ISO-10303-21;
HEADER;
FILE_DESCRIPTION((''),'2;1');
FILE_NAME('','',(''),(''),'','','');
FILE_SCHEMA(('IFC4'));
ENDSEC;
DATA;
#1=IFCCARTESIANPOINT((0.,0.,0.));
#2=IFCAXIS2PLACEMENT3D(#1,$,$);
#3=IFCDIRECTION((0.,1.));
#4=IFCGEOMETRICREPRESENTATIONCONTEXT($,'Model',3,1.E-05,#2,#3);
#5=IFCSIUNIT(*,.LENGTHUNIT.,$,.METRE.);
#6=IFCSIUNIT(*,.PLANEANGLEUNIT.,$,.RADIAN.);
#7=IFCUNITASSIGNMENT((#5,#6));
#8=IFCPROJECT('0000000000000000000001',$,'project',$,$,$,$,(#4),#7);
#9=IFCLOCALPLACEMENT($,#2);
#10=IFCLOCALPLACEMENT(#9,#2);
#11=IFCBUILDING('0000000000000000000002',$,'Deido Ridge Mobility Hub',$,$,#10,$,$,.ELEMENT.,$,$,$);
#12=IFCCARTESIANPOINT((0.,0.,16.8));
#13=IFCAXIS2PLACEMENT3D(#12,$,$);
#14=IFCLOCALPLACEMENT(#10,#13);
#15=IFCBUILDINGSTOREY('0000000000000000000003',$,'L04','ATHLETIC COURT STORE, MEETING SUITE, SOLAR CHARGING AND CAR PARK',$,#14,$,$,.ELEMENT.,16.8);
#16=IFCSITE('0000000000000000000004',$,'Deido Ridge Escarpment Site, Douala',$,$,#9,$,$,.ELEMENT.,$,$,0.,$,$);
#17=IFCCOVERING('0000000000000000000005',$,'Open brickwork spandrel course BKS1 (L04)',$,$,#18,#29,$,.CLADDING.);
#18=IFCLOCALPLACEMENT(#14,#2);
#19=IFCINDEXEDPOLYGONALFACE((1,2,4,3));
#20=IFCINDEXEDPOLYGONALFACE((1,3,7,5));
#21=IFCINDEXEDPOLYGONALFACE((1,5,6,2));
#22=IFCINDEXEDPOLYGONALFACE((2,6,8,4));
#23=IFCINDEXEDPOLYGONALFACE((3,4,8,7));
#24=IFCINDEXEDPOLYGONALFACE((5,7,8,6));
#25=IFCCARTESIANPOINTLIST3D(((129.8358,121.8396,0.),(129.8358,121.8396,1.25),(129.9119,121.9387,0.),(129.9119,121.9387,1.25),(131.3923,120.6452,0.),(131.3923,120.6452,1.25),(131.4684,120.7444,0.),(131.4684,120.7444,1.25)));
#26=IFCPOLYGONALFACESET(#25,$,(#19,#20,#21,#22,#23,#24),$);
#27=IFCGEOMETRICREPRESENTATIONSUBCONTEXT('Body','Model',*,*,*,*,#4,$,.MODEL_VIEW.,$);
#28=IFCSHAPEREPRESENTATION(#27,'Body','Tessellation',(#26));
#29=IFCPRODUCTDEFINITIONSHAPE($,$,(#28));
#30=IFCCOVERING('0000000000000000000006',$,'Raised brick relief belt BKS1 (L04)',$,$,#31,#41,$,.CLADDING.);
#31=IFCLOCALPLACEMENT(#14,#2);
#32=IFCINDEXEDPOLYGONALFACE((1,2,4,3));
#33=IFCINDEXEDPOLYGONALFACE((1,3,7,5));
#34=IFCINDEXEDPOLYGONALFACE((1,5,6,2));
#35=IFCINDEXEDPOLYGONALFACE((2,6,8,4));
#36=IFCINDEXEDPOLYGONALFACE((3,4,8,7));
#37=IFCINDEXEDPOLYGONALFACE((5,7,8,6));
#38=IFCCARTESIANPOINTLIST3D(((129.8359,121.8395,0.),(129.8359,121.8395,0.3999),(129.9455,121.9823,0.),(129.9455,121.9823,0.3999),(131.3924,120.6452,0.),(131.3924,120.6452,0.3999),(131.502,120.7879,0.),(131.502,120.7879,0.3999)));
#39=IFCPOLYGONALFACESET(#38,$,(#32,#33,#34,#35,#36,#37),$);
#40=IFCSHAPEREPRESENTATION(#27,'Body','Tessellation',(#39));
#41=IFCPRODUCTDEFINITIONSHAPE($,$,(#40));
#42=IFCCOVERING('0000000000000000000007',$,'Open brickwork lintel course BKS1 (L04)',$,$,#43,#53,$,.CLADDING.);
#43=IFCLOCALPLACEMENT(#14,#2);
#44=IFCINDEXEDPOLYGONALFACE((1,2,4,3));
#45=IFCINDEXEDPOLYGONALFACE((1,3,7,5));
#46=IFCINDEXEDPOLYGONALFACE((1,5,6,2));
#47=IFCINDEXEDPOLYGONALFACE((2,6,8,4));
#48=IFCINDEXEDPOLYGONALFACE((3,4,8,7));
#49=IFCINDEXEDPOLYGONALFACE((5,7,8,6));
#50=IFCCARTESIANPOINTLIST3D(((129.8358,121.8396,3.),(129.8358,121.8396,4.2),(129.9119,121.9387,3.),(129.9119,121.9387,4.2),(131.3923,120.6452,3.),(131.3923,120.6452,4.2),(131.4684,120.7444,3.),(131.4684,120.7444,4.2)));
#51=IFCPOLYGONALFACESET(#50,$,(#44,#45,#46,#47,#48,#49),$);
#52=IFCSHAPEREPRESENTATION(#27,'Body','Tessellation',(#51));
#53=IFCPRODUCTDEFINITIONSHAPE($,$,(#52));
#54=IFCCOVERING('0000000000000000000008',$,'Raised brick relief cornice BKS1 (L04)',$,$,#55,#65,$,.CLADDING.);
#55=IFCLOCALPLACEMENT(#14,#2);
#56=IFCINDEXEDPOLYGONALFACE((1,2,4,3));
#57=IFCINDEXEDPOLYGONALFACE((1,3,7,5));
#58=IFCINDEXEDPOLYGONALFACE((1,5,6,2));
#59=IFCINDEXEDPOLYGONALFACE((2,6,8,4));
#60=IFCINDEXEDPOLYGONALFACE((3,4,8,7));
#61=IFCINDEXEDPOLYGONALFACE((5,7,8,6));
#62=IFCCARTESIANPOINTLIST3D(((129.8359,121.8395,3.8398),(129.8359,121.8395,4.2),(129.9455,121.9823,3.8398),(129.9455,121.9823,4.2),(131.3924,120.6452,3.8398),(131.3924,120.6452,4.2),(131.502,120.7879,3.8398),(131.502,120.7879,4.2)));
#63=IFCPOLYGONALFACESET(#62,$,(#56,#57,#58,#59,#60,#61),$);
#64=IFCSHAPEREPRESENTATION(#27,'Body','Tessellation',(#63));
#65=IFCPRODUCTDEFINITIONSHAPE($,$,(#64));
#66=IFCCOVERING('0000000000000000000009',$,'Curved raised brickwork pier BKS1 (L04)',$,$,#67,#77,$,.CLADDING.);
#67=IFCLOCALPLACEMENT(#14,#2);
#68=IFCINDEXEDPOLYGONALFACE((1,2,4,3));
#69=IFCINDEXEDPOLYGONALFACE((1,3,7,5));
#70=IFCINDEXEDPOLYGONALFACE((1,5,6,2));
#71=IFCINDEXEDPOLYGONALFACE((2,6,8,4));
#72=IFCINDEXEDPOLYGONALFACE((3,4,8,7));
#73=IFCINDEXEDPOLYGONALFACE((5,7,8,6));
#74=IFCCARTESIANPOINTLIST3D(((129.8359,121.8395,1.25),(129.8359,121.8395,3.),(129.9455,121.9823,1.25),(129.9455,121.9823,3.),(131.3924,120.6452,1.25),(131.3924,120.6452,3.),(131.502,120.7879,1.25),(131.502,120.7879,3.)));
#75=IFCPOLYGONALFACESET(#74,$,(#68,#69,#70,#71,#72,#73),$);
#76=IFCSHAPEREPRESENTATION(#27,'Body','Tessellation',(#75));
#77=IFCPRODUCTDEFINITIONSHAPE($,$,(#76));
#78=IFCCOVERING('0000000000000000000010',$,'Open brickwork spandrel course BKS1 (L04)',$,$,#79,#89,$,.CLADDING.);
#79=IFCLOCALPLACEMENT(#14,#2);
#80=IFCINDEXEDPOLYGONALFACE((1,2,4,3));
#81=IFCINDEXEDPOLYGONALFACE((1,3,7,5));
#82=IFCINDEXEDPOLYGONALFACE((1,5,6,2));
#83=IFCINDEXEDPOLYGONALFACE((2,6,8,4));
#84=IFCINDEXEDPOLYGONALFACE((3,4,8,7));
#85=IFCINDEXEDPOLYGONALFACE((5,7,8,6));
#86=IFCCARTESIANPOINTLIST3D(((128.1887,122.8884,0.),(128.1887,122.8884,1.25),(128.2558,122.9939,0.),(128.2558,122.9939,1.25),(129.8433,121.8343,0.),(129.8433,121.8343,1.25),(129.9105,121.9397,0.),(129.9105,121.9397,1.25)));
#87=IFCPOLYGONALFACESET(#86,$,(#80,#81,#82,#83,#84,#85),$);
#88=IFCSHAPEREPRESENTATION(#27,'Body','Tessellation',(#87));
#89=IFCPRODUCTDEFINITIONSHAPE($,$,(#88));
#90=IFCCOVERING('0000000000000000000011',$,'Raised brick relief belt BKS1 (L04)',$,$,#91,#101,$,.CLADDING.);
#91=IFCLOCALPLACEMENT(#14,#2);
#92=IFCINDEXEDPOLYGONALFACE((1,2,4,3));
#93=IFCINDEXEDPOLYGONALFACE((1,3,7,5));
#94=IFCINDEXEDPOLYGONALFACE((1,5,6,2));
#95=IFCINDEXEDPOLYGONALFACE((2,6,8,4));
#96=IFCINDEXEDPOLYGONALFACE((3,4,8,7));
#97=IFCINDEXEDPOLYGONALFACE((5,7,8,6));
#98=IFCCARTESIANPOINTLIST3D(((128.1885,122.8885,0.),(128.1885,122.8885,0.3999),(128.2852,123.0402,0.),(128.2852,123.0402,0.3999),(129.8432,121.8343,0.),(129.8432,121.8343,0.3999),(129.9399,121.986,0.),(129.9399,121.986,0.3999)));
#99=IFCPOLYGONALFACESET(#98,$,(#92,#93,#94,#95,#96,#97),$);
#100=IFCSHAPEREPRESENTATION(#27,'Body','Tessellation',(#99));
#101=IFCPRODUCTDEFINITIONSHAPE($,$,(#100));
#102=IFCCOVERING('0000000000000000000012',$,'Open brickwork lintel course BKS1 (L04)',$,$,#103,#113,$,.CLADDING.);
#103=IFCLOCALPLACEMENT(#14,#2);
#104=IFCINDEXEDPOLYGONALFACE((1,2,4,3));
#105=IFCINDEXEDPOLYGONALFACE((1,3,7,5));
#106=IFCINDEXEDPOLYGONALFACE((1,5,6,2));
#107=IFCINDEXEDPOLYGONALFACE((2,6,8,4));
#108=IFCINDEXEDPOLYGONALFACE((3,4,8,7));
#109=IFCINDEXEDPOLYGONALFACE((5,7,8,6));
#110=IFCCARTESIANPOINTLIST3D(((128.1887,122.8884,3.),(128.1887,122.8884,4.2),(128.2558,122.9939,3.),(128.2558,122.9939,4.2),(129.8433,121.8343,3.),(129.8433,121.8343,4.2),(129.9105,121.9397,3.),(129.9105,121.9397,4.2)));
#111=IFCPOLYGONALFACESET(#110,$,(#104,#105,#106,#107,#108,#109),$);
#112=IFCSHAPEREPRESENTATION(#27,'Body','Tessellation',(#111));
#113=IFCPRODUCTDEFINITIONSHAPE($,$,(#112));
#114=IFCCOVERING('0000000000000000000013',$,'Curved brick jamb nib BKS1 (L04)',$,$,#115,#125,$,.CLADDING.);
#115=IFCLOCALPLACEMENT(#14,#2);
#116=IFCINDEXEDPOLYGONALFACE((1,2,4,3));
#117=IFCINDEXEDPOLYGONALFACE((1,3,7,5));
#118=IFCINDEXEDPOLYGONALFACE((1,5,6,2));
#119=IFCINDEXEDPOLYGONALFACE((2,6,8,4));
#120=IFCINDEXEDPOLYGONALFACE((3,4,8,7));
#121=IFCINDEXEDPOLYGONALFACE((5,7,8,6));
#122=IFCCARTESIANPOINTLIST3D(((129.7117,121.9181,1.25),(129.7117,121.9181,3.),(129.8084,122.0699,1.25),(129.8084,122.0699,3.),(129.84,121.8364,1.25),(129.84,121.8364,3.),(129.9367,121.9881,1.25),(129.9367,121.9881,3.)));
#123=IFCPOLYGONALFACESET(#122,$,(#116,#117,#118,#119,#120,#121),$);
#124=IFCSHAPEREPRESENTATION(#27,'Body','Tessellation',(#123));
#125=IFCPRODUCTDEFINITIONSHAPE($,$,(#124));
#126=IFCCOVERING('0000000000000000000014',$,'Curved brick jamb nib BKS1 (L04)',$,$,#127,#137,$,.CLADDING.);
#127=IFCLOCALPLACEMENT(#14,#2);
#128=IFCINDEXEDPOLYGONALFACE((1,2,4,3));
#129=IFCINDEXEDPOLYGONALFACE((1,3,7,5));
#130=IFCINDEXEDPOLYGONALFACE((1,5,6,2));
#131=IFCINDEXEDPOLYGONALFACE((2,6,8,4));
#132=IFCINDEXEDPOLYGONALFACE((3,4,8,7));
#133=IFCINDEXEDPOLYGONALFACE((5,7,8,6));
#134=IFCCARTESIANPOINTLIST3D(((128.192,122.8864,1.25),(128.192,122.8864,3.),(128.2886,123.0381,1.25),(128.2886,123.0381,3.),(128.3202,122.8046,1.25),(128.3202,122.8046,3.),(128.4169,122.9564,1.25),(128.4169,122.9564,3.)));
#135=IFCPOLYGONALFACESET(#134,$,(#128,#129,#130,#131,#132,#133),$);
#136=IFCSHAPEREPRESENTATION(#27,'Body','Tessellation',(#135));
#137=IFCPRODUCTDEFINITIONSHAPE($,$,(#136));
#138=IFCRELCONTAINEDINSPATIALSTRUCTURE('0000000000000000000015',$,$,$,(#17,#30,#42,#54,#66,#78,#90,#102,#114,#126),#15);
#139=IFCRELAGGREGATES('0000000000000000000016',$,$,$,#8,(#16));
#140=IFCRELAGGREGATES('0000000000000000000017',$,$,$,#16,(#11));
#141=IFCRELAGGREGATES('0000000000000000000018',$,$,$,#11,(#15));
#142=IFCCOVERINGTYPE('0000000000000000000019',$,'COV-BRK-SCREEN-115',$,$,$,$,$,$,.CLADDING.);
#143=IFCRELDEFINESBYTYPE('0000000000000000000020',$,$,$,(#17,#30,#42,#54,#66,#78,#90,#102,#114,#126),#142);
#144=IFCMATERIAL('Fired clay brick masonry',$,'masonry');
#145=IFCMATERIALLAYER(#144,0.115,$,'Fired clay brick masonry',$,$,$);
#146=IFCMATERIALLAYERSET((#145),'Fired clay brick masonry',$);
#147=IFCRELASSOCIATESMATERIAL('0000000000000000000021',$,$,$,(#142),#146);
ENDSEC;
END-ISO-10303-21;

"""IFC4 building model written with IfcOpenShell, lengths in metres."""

from ifc_helpers import new_model, si_unit, direction, frame, origin, origin_2d, place, context, subcontext, project, spatial, rectangle, extrude, material, layer, layer_set, type_object, element, save


model = new_model("IFC4")

# Units and contexts
model_context = context("Model", 3, precision=1e-05, world=origin(), true_north=direction((0.0, 1.0)))
body_context = subcontext(model_context, "Body", "Model", "MODEL_VIEW")
ifc_project = project(units=[si_unit("LENGTHUNIT", "METRE"), si_unit("PLANEANGLEUNIT", "RADIAN")], contexts=[model_context])

# Site, building, storey
site_placement = place(None, origin())
site = spatial("IfcSite", under=ifc_project, at=site_placement, Name="Deido Ridge Escarpment Site, Douala", CompositionType="ELEMENT", RefElevation=0.0)
building_placement = place(site_placement, origin())
building = spatial("IfcBuilding", under=site, at=building_placement, Name="Deido Ridge Mobility Hub", CompositionType="ELEMENT")
storey_placement = place(building_placement, frame((0.0, 0.0, 16.8)))
storey = spatial("IfcBuildingStorey", under=building, at=storey_placement, Name="L04", Description="ATHLETIC COURT STORE, MEETING SUITE, SOLAR CHARGING AND CAR PARK", CompositionType="ELEMENT", Elevation=16.8)

# Coverings
ifc_material_1 = material(Name="Fired clay brick masonry", Category="masonry")
ifc_layer = layer(ifc_material_1, 0.115, Name="Fired clay brick masonry")
ifc_layer_set = layer_set([ifc_layer], Name="Fired clay brick masonry")
covering_type = type_object("IfcCoveringType", Name="COV-BRK-SCREEN-115", PredefinedType="CLADDING", material=ifc_layer_set)
covering_1_placement = place(storey_placement, frame((130.6521, 121.292, 0.0), z_axis=(0.0, 0.0, 1.0), x_axis=(-0.793353, 0.608761, 0.0)))
element("IfcCovering", 1, at=covering_1_placement, inside=storey, type_object=covering_type, Name="Open brickwork spandrel course BKS1 (L04)", PredefinedType="CLADDING", context=body_context, shape_type="SweptSolid", body=[
    extrude(rectangle(XDim=1.9619, YDim=0.125, at=origin_2d()), origin(), (0.0, 0.0, 1.0), 1.25),
])
covering_2_placement = place(storey_placement, frame((130.6689, 121.3137, 0.0), z_axis=(0.0, 0.0, 1.0), x_axis=(-0.793353, 0.608761, 0.0)))
element("IfcCovering", 2, at=covering_2_placement, inside=storey, type_object=covering_type, Name="Raised brick relief belt BKS1 (L04)", PredefinedType="CLADDING", context=body_context, shape_type="SweptSolid", body=[
    extrude(rectangle(XDim=1.9619, YDim=0.1799, at=origin_2d()), origin(), (0.0, 0.0, 1.0), 0.3999),
])
covering_3_placement = place(storey_placement, frame((130.6521, 121.292, 3.0), z_axis=(0.0, 0.0, 1.0), x_axis=(-0.793353, 0.608761, 0.0)))
element("IfcCovering", 3, at=covering_3_placement, inside=storey, type_object=covering_type, Name="Open brickwork lintel course BKS1 (L04)", PredefinedType="CLADDING", context=body_context, shape_type="SweptSolid", body=[
    extrude(rectangle(XDim=1.9619, YDim=0.125, at=origin_2d()), origin(), (0.0, 0.0, 1.0), 1.2),
])
covering_4_placement = place(storey_placement, frame((130.6689, 121.3137, 3.8398), z_axis=(0.0, 0.0, 1.0), x_axis=(-0.793353, 0.608761, 0.0)))
element("IfcCovering", 4, at=covering_4_placement, inside=storey, type_object=covering_type, Name="Raised brick relief cornice BKS1 (L04)", PredefinedType="CLADDING", context=body_context, shape_type="SweptSolid", body=[
    extrude(rectangle(XDim=1.9619, YDim=0.1799, at=origin_2d()), origin(), (0.0, 0.0, 1.0), 0.3601),
])
covering_5_placement = place(storey_placement, frame((130.6689, 121.3137, 1.25), z_axis=(0.0, 0.0, 1.0), x_axis=(-0.793353, 0.608761, 0.0)))
element("IfcCovering", 5, at=covering_5_placement, inside=storey, type_object=covering_type, Name="Curved raised brickwork pier BKS1 (L04)", PredefinedType="CLADDING", context=body_context, shape_type="SweptSolid", body=[
    extrude(rectangle(XDim=1.9619, YDim=0.1799, at=origin_2d()), origin(), (0.0, 0.0, 1.0), 1.75),
])
covering_6_placement = place(storey_placement, frame((129.0496, 122.4141, 0.0), z_axis=(0.0, 0.0, 1.0), x_axis=(-0.843382, 0.537314, 0.0)))
element("IfcCovering", 6, at=covering_6_placement, inside=storey, type_object=covering_type, Name="Open brickwork spandrel course BKS1 (L04)", PredefinedType="CLADDING", context=body_context, shape_type="SweptSolid", body=[
    extrude(rectangle(XDim=1.9619, YDim=0.125, at=origin_2d()), origin(), (0.0, 0.0, 1.0), 1.25),
])
covering_7_placement = place(storey_placement, frame((129.0642, 122.4373, 0.0), z_axis=(0.0, 0.0, 1.0), x_axis=(-0.843382, 0.537314, 0.0)))
element("IfcCovering", 7, at=covering_7_placement, inside=storey, type_object=covering_type, Name="Raised brick relief belt BKS1 (L04)", PredefinedType="CLADDING", context=body_context, shape_type="SweptSolid", body=[
    extrude(rectangle(XDim=1.9619, YDim=0.1799, at=origin_2d()), origin(), (0.0, 0.0, 1.0), 0.3999),
])
covering_8_placement = place(storey_placement, frame((129.0496, 122.4141, 3.0), z_axis=(0.0, 0.0, 1.0), x_axis=(-0.843382, 0.537314, 0.0)))
element("IfcCovering", 8, at=covering_8_placement, inside=storey, type_object=covering_type, Name="Open brickwork lintel course BKS1 (L04)", PredefinedType="CLADDING", context=body_context, shape_type="SweptSolid", body=[
    extrude(rectangle(XDim=1.9619, YDim=0.125, at=origin_2d()), origin(), (0.0, 0.0, 1.0), 1.2),
])
for number, where, z_axis, x_axis, name in (
    (9, (129.8242, 121.9531, 1.25), (0.0, 0.0, 1.0), (-0.843382, 0.537314, 0.0), "Curved brick jamb nib BKS1 (L04)"),
    (10, (128.3044, 122.9214, 1.25), (0.0, 0.0, 1.0), (-0.843382, 0.537314, 0.0), "Curved brick jamb nib BKS1 (L04)"),
):
    element("IfcCovering", number, at=place(storey_placement, frame(where, z_axis=z_axis, x_axis=x_axis)), inside=storey, type_object=covering_type, Name=name, PredefinedType="CLADDING", context=body_context, shape_type="SweptSolid", body=[
        extrude(rectangle(XDim=0.1521, YDim=0.1799, at=origin_2d()), origin(), (0.0, 0.0, 1.0), 1.75),
    ])

save(model, "model.ifc")
